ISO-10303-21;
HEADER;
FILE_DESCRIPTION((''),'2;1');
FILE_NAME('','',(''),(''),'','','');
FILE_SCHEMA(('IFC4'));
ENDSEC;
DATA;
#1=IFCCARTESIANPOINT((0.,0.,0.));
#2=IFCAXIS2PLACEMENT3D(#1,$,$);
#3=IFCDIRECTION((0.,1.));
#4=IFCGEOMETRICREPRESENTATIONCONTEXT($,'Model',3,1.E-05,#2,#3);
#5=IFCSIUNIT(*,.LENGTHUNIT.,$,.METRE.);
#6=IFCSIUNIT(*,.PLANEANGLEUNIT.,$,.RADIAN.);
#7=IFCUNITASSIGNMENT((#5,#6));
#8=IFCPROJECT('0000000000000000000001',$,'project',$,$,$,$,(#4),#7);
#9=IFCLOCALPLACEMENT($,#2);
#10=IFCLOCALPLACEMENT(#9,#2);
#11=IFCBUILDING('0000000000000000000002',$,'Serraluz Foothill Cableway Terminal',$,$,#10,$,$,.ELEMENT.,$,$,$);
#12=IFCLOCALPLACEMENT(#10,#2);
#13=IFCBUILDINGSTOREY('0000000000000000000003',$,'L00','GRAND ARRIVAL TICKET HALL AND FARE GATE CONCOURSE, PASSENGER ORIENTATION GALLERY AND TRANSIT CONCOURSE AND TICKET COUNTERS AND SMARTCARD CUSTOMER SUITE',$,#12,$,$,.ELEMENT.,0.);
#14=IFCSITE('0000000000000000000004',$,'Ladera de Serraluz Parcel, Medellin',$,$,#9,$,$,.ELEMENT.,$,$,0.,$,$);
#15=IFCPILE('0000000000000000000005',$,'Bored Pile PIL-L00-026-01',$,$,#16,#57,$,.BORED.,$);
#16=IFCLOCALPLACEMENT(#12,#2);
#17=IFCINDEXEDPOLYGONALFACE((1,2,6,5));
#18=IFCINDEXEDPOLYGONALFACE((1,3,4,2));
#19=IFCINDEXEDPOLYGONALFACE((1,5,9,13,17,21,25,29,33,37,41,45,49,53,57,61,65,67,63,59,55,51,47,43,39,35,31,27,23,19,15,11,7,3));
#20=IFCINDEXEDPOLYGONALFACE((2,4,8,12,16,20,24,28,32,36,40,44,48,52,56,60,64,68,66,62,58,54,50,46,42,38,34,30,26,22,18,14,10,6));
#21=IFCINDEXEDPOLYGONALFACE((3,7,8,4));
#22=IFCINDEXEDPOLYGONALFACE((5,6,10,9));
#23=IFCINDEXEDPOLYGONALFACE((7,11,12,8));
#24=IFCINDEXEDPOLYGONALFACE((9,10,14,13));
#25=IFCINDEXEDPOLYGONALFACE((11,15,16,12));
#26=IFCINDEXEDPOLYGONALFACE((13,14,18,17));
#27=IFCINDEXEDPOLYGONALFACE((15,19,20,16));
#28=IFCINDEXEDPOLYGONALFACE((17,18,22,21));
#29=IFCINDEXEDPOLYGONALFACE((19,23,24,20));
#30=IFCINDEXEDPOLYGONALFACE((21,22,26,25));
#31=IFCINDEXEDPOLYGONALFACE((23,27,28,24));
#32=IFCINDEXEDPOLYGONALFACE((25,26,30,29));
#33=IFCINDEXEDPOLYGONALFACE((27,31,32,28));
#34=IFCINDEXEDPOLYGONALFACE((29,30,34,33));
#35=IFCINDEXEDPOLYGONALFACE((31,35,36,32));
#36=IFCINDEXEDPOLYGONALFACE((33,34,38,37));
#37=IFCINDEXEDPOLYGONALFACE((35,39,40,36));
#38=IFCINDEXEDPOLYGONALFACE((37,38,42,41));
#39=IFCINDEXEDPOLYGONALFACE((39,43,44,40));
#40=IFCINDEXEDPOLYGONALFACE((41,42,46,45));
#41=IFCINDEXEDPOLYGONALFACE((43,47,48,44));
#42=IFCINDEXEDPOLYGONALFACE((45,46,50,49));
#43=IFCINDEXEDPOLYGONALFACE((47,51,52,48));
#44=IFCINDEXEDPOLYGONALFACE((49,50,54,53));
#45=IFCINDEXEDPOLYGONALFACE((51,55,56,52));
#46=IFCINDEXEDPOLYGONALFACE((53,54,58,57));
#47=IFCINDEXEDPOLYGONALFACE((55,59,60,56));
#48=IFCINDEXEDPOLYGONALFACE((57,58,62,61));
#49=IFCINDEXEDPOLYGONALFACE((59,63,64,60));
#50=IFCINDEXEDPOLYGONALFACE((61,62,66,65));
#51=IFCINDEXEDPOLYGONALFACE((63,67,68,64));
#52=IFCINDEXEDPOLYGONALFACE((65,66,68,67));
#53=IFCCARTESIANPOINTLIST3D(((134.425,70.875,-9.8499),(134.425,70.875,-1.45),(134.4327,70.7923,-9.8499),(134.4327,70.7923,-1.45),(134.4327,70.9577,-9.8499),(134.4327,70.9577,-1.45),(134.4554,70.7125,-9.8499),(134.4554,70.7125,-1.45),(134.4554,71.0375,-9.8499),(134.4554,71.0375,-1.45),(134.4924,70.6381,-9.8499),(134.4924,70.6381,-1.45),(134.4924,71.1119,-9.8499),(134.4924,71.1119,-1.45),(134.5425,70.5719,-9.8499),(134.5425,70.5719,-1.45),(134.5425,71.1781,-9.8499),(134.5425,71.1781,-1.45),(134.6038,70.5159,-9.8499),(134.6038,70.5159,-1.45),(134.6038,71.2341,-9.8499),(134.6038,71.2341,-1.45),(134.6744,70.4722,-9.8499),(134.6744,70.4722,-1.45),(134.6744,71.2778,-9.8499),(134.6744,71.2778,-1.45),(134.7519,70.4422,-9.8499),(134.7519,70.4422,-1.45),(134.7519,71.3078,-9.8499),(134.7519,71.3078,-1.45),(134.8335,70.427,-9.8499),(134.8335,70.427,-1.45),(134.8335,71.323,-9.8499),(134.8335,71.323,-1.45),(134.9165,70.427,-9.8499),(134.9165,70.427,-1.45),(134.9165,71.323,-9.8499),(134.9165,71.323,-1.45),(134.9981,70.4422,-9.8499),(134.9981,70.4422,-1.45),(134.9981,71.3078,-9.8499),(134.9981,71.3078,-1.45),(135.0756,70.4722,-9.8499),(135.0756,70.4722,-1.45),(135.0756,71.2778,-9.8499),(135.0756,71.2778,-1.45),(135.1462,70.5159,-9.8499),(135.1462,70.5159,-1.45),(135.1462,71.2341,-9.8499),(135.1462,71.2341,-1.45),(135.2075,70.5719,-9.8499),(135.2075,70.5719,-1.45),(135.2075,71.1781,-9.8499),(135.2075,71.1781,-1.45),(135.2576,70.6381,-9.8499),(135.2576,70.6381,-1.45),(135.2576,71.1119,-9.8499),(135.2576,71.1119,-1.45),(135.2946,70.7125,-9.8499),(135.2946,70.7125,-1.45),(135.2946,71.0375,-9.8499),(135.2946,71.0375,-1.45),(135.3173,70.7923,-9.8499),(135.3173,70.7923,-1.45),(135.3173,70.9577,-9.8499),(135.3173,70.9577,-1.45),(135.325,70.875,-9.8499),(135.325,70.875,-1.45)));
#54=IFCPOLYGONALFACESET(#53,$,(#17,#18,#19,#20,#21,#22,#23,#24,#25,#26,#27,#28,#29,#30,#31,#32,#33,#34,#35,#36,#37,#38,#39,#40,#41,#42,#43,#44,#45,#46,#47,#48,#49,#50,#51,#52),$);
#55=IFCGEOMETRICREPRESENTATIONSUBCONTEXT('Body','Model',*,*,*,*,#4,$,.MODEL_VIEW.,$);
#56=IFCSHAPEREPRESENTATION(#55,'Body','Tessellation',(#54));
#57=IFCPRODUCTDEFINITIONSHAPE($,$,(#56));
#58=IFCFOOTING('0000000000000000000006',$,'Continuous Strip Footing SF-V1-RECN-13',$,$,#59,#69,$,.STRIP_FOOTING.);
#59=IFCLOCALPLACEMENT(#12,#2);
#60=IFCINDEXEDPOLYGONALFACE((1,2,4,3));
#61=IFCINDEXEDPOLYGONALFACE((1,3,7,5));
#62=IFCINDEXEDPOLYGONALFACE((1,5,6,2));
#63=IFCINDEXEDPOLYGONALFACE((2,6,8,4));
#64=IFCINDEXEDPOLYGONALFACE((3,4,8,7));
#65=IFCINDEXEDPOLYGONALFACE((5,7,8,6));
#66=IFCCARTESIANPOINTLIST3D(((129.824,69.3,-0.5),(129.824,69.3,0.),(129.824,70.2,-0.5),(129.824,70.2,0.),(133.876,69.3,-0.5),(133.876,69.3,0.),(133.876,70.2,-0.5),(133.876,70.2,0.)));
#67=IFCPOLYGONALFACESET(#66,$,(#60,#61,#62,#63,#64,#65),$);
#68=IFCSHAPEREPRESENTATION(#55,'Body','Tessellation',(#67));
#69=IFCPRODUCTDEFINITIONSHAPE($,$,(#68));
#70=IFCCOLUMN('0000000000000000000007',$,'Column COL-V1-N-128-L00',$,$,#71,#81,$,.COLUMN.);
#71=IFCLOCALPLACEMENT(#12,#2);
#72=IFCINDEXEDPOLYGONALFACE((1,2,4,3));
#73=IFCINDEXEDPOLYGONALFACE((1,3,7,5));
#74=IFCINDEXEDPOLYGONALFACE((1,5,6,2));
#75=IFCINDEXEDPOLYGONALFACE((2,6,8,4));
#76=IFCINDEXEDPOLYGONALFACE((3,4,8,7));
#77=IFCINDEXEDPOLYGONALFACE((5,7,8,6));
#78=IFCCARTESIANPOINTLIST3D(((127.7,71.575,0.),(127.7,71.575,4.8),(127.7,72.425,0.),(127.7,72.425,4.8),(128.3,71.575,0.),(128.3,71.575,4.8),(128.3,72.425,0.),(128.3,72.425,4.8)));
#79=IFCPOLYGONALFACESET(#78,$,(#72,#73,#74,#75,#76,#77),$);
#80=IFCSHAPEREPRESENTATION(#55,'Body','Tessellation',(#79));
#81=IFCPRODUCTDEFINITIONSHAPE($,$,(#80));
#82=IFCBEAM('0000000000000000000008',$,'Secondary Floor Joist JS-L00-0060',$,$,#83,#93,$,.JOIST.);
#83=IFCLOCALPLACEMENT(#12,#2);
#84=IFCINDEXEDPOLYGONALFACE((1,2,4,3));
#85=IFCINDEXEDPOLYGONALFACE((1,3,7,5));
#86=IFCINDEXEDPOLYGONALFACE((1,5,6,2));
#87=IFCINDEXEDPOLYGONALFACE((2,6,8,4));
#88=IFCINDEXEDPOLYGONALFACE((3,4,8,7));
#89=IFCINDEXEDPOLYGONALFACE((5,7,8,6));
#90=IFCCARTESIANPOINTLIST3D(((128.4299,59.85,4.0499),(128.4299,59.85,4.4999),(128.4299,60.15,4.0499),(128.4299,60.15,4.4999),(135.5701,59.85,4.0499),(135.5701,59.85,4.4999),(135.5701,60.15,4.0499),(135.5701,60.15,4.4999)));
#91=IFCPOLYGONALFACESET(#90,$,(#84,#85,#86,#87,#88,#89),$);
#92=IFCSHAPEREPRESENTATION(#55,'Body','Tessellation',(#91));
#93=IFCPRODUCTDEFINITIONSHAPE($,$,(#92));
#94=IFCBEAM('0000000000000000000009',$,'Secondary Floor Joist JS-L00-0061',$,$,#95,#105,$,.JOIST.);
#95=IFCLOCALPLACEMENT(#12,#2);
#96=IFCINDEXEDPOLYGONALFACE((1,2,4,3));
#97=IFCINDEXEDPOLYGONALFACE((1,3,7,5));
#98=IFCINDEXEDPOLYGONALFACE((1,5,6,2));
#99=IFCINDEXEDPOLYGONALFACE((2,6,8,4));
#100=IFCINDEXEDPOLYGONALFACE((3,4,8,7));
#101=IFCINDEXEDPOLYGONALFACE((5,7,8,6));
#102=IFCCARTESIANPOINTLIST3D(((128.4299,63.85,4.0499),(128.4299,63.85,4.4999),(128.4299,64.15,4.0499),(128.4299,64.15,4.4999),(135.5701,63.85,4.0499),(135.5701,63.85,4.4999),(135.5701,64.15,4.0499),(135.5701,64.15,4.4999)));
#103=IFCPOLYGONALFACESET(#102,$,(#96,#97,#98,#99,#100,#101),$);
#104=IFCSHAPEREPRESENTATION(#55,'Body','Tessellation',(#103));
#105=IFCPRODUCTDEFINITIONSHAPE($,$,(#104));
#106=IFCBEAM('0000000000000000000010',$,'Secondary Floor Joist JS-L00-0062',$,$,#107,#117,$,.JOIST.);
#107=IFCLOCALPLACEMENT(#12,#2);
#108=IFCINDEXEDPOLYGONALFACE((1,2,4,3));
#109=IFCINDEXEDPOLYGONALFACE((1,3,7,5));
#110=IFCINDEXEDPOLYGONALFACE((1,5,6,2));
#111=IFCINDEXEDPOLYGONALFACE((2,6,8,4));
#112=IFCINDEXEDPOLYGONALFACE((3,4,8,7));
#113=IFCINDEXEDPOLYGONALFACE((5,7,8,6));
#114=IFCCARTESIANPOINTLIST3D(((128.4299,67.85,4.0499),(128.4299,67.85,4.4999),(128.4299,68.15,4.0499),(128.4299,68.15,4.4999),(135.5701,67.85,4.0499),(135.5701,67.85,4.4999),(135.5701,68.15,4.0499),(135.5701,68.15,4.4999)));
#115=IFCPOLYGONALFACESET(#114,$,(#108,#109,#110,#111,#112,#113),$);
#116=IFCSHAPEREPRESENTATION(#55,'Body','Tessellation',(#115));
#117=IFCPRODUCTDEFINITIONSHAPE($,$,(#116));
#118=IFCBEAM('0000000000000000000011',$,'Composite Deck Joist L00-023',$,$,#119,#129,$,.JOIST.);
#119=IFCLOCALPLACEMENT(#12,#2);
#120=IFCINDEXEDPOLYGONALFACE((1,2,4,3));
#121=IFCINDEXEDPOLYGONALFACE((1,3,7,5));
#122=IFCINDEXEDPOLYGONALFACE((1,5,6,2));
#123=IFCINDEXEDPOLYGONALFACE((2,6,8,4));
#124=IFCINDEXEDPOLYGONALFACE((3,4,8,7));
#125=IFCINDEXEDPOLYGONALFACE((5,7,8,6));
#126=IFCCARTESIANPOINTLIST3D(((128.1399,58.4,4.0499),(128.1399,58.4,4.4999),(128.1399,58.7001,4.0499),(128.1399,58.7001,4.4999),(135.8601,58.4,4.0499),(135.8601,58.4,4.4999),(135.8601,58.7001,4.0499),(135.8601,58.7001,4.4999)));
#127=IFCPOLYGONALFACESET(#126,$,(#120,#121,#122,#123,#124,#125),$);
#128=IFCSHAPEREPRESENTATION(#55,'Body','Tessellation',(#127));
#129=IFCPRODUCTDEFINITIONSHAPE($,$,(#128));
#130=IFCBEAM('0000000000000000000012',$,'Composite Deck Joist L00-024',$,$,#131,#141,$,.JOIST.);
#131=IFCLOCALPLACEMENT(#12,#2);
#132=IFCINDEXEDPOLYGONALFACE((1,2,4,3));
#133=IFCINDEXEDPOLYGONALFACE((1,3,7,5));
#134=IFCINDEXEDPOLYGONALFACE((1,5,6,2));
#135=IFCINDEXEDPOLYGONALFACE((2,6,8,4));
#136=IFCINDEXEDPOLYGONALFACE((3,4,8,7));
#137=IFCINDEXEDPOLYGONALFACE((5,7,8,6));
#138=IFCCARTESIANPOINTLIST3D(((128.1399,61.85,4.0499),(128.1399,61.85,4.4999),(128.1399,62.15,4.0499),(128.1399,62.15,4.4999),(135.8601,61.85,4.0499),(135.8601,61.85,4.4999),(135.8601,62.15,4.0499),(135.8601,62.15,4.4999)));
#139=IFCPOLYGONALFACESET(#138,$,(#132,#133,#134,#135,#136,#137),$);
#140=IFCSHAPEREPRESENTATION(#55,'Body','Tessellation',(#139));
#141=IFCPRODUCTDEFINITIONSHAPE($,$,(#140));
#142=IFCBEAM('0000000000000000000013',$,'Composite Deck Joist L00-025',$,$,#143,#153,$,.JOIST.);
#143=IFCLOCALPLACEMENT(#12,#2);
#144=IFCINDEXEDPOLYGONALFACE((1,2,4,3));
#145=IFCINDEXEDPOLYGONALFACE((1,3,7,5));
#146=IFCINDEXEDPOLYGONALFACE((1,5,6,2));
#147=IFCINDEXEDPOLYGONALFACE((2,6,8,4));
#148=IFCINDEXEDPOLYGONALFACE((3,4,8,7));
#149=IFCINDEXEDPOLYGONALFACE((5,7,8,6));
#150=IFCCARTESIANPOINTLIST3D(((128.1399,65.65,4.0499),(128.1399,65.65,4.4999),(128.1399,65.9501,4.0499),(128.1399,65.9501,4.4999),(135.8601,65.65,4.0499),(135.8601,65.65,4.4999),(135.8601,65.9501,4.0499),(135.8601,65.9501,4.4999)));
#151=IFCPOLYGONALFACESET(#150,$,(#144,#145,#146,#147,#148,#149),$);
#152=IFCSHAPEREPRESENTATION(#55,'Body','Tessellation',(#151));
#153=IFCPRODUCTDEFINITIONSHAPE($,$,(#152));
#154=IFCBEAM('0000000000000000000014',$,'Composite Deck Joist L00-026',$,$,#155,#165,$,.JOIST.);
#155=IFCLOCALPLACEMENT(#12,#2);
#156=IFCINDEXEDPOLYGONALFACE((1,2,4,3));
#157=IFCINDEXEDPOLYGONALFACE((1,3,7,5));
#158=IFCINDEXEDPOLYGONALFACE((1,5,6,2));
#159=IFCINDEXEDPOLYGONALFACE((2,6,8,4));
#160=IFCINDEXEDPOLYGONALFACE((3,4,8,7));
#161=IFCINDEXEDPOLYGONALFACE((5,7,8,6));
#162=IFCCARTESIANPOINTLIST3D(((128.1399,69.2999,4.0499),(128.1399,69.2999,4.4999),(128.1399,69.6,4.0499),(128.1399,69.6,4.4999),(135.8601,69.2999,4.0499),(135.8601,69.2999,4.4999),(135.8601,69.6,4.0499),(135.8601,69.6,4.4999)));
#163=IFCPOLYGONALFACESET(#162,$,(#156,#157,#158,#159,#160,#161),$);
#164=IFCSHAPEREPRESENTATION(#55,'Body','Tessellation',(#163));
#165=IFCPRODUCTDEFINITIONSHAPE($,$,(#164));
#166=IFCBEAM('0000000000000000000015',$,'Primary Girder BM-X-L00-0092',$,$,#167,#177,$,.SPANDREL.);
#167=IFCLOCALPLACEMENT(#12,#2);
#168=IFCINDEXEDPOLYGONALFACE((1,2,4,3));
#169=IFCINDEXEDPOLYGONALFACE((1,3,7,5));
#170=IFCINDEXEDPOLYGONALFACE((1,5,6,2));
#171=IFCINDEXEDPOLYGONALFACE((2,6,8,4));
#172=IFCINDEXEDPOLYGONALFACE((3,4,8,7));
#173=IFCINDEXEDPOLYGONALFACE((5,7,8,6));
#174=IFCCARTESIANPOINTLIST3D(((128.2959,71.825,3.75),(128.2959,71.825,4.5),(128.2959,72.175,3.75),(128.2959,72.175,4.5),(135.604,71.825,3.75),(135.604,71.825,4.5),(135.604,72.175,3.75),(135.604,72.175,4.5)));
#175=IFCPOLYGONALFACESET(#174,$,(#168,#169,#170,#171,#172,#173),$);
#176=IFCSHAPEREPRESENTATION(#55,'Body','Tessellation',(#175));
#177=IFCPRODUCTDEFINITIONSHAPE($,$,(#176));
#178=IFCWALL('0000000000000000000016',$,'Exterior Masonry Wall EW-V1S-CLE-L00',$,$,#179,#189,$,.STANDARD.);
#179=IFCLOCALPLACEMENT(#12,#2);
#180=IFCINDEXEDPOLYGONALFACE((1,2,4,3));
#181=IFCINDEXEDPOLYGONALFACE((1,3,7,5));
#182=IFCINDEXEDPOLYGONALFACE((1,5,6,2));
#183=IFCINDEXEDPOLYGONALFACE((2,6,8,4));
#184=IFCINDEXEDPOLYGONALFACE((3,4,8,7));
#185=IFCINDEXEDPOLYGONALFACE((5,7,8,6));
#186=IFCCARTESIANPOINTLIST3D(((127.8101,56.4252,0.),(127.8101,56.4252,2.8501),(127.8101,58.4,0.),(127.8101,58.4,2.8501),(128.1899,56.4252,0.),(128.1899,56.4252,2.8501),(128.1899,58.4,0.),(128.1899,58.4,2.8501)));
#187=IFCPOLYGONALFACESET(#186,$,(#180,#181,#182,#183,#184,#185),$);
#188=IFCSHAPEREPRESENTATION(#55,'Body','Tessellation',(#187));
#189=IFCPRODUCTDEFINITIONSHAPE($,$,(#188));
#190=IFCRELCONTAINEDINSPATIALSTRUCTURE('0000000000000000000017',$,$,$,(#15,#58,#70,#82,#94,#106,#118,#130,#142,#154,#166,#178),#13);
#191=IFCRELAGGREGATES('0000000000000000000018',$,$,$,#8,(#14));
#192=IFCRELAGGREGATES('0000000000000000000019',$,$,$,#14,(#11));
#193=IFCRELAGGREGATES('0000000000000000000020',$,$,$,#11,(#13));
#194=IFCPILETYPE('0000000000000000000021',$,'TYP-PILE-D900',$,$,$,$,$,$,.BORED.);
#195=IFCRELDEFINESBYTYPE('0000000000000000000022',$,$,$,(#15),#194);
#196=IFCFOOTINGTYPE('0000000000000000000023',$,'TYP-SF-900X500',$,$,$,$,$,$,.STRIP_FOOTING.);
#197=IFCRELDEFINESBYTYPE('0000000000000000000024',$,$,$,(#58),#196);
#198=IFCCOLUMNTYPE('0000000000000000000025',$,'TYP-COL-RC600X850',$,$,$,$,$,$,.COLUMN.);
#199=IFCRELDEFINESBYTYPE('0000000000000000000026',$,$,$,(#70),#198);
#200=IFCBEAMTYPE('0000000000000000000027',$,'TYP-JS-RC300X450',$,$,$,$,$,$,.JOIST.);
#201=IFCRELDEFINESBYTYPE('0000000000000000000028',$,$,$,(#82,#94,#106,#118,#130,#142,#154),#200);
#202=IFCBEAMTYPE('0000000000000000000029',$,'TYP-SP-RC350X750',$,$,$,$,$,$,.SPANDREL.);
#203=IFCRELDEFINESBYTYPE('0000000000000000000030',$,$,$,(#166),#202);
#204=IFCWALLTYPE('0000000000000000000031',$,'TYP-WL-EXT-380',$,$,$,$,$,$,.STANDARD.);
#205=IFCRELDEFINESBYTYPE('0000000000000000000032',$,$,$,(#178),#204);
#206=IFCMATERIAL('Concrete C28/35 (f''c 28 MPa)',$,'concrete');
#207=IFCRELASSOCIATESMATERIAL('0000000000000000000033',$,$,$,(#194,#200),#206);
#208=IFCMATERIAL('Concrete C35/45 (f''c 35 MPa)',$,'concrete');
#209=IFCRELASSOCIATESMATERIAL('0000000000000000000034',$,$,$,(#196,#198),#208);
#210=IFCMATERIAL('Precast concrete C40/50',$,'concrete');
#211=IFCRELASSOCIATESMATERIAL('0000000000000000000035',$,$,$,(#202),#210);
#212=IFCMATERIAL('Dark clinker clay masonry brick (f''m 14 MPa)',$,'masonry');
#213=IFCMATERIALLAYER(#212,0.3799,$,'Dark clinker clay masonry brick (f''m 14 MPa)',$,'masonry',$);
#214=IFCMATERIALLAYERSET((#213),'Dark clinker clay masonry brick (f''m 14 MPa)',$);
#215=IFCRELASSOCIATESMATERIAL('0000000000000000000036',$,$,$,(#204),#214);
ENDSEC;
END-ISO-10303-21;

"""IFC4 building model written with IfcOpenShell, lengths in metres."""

from ifc_helpers import new_model, si_unit, direction, frame, frame_2d, origin, origin_2d, place, context, subcontext, project, spatial, rectangle, circle, extrude, material, layer, layer_set, material_profile, profile_set, type_object, element, save


model = new_model("IFC4")

# Units and contexts
model_context = context("Model", 3, precision=1e-05, world=origin(), true_north=direction((0.0, 1.0)))
body_context = subcontext(model_context, "Body", "Model", "MODEL_VIEW")
ifc_project = project(units=[si_unit("LENGTHUNIT", "METRE"), si_unit("PLANEANGLEUNIT", "RADIAN")], contexts=[model_context])

# Site, building, storey
site_placement = place(None, origin())
site = spatial("IfcSite", under=ifc_project, at=site_placement, Name="Ladera de Serraluz Parcel, Medellin", CompositionType="ELEMENT", RefElevation=0.0)
building_placement = place(site_placement, origin())
building = spatial("IfcBuilding", under=site, at=building_placement, Name="Serraluz Foothill Cableway Terminal", CompositionType="ELEMENT")
storey_placement = place(building_placement, origin())
storey = spatial("IfcBuildingStorey", under=building, at=storey_placement, Name="L00", Description="GRAND ARRIVAL TICKET HALL AND FARE GATE CONCOURSE, PASSENGER ORIENTATION GALLERY AND TRANSIT CONCOURSE AND TICKET COUNTERS AND SMARTCARD CUSTOMER SUITE", CompositionType="ELEMENT", Elevation=0.0)

# Shared definitions
ifc_material_1 = material(Name="Concrete C35/45 (f'c 35 MPa)", Category="concrete")

# Pile
ifc_material_2 = material(Name="Concrete C28/35 (f'c 28 MPa)", Category="concrete")
ifc_material_profile_1 = material_profile(ifc_material_2, circle(Radius=0.45, at=origin_2d()), Name="BORED PILE D900")
ifc_profile_set_1 = profile_set([ifc_material_profile_1], Name="Concrete C28/35 (f'c 28 MPa)")
pile_type_1 = type_object("IfcPileType", Name="TYP-PILE-D900", PredefinedType="BORED", material=ifc_profile_set_1)
pile_placement = place(storey_placement, frame((134.875, 70.875, -1.45), z_axis=(0.0, 0.0, -1.0), x_axis=(1.0, 0.0, 0.0)))
element("IfcPile", 1, at=pile_placement, inside=storey, type_object=pile_type_1, Name="Bored Pile PIL-L00-026-01", PredefinedType="BORED", context=body_context, shape_type="SweptSolid", body=[
    extrude(circle(Radius=0.45, at=origin_2d()), origin(), (0.0, 0.0, 1.0), 8.3999),
])

# Footing
ifc_material_profile_2 = material_profile(ifc_material_1, rectangle(XDim=0.8999, YDim=0.5, at=origin_2d()), Name="SF 900x500")
ifc_profile_set_2 = profile_set([ifc_material_profile_2], Name="Concrete C35/45 (f'c 35 MPa)")
footing_type_1 = type_object("IfcFootingType", Name="TYP-SF-900X500", PredefinedType="STRIP_FOOTING", material=ifc_profile_set_2)
footing_1_placement = place(storey_placement, frame((129.824, 69.75, -0.25), z_axis=(1.0, 0.0, 0.0), x_axis=(0.0, 1.0, 0.0)))
element("IfcFooting", 2, at=footing_1_placement, inside=storey, type_object=footing_type_1, Name="Continuous Strip Footing SF-V1-RECN-13", PredefinedType="STRIP_FOOTING", context=body_context, shape_type="SweptSolid", body=[
    extrude(rectangle(XDim=0.8999, YDim=0.5, at=origin_2d()), origin(), (0.0, 0.0, 1.0), 4.052),
])

# Column
ifc_material_profile_3 = material_profile(ifc_material_1, rectangle(XDim=0.6001, YDim=0.8501, at=origin_2d()), Name="RC 600x850")
ifc_profile_set_3 = profile_set([ifc_material_profile_3], Name="Concrete C35/45 (f'c 35 MPa)")
column_type = type_object("IfcColumnType", Name="TYP-COL-RC600X850", PredefinedType="COLUMN", material=ifc_profile_set_3)
column_placement = place(storey_placement, frame((128.0, 72.0, 0.0), z_axis=(0.0, 0.0, 1.0), x_axis=(1.0, 0.0, 0.0)))
element("IfcColumn", 3, at=column_placement, inside=storey, type_object=column_type, Name="Column COL-V1-N-128-L00", PredefinedType="COLUMN", context=body_context, shape_type="SweptSolid", body=[
    extrude(rectangle(XDim=0.6001, YDim=0.8501, at=origin_2d()), origin(), (0.0, 0.0, 1.0), 4.8),
])

# Beams
ifc_material_profile_4 = material_profile(ifc_material_2, rectangle(XDim=0.3, YDim=0.45, at=origin_2d()), Name="RC 300x450")
ifc_profile_set_4 = profile_set([ifc_material_profile_4], Name="Concrete C28/35 (f'c 28 MPa)")
beam_type_1 = type_object("IfcBeamType", Name="TYP-JS-RC300X450", PredefinedType="JOIST", material=ifc_profile_set_4)
for number, where, z_axis, x_axis, name in (
    (4, (128.4299, 60.0, 4.2749), (1.0, 0.0, 0.0), (0.0, 1.0, 0.0), "Secondary Floor Joist JS-L00-0060"),
    (5, (128.4299, 64.0, 4.2749), (1.0, 0.0, 0.0), (0.0, 1.0, 0.0), "Secondary Floor Joist JS-L00-0061"),
    (6, (128.4299, 68.0, 4.2749), (1.0, 0.0, 0.0), (0.0, 1.0, 0.0), "Secondary Floor Joist JS-L00-0062"),
):
    element("IfcBeam", number, at=place(storey_placement, frame(where, z_axis=z_axis, x_axis=x_axis)), inside=storey, type_object=beam_type_1, Name=name, PredefinedType="JOIST", context=body_context, shape_type="SweptSolid", body=[
        extrude(rectangle(XDim=0.3, YDim=0.45, at=origin_2d()), origin(), (0.0, 0.0, 1.0), 7.1401),
    ])
for number, where, z_axis, x_axis, name in (
    (7, (128.1399, 58.55, 4.2749), (1.0, 0.0, 0.0), (0.0, 1.0, 0.0), "Composite Deck Joist L00-023"),
    (8, (128.1399, 62.0, 4.2749), (1.0, 0.0, 0.0), (0.0, 1.0, 0.0), "Composite Deck Joist L00-024"),
    (9, (128.1399, 65.8, 4.2749), (1.0, 0.0, 0.0), (0.0, 1.0, 0.0), "Composite Deck Joist L00-025"),
    (10, (128.1399, 69.45, 4.2749), (1.0, 0.0, 0.0), (0.0, 1.0, 0.0), "Composite Deck Joist L00-026"),
):
    element("IfcBeam", number, at=place(storey_placement, frame(where, z_axis=z_axis, x_axis=x_axis)), inside=storey, type_object=beam_type_1, Name=name, PredefinedType="JOIST", context=body_context, shape_type="SweptSolid", body=[
        extrude(rectangle(XDim=0.3, YDim=0.45, at=origin_2d()), origin(), (0.0, 0.0, 1.0), 7.7202),
    ])
ifc_material_3 = material(Name="Precast concrete C40/50", Category="concrete")
ifc_material_profile_5 = material_profile(ifc_material_3, rectangle(XDim=0.3501, YDim=0.75, at=origin_2d()), Name="RC SP 350x750")
ifc_profile_set_5 = profile_set([ifc_material_profile_5], Name="Precast concrete C40/50")
beam_type_2 = type_object("IfcBeamType", Name="TYP-SP-RC350X750", PredefinedType="SPANDREL", material=ifc_profile_set_5)
beam_placement = place(storey_placement, frame((128.2959, 72.0, 4.125), z_axis=(1.0, 0.0, 0.0), x_axis=(0.0, 1.0, 0.0)))
element("IfcBeam", 11, at=beam_placement, inside=storey, type_object=beam_type_2, Name="Primary Girder BM-X-L00-0092", PredefinedType="SPANDREL", context=body_context, shape_type="SweptSolid", body=[
    extrude(rectangle(XDim=0.3501, YDim=0.75, at=origin_2d()), origin(), (0.0, 0.0, 1.0), 7.3081),
])

# Wall
ifc_material_4 = material(Name="Dark clinker clay masonry brick (f'm 14 MPa)", Category="masonry")
ifc_layer_1 = layer(ifc_material_4, 0.3799, Name="Dark clinker clay masonry brick (f'm 14 MPa)", Category="masonry")
ifc_layer_set_1 = layer_set([ifc_layer_1], Name="Dark clinker clay masonry brick (f'm 14 MPa)")
wall_type_1 = type_object("IfcWallType", Name="TYP-WL-EXT-380", PredefinedType="STANDARD", material=ifc_layer_set_1)
wall_1_placement = place(storey_placement, frame((128.0, 58.3999, 0.0), z_axis=(0.0, 0.0, 1.0), x_axis=(0.0, -1.0, 0.0)))
element("IfcWall", 12, at=wall_1_placement, inside=storey, type_object=wall_type_1, Name="Exterior Masonry Wall EW-V1S-CLE-L00", PredefinedType="STANDARD", context=body_context, shape_type="SweptSolid", body=[
    extrude(rectangle(XDim=1.9749, YDim=0.3799, at=frame_2d((0.9873, 0.0))), origin(), (0.0, 0.0, 1.0), 2.8501),
])

save(model, "model.ifc")
